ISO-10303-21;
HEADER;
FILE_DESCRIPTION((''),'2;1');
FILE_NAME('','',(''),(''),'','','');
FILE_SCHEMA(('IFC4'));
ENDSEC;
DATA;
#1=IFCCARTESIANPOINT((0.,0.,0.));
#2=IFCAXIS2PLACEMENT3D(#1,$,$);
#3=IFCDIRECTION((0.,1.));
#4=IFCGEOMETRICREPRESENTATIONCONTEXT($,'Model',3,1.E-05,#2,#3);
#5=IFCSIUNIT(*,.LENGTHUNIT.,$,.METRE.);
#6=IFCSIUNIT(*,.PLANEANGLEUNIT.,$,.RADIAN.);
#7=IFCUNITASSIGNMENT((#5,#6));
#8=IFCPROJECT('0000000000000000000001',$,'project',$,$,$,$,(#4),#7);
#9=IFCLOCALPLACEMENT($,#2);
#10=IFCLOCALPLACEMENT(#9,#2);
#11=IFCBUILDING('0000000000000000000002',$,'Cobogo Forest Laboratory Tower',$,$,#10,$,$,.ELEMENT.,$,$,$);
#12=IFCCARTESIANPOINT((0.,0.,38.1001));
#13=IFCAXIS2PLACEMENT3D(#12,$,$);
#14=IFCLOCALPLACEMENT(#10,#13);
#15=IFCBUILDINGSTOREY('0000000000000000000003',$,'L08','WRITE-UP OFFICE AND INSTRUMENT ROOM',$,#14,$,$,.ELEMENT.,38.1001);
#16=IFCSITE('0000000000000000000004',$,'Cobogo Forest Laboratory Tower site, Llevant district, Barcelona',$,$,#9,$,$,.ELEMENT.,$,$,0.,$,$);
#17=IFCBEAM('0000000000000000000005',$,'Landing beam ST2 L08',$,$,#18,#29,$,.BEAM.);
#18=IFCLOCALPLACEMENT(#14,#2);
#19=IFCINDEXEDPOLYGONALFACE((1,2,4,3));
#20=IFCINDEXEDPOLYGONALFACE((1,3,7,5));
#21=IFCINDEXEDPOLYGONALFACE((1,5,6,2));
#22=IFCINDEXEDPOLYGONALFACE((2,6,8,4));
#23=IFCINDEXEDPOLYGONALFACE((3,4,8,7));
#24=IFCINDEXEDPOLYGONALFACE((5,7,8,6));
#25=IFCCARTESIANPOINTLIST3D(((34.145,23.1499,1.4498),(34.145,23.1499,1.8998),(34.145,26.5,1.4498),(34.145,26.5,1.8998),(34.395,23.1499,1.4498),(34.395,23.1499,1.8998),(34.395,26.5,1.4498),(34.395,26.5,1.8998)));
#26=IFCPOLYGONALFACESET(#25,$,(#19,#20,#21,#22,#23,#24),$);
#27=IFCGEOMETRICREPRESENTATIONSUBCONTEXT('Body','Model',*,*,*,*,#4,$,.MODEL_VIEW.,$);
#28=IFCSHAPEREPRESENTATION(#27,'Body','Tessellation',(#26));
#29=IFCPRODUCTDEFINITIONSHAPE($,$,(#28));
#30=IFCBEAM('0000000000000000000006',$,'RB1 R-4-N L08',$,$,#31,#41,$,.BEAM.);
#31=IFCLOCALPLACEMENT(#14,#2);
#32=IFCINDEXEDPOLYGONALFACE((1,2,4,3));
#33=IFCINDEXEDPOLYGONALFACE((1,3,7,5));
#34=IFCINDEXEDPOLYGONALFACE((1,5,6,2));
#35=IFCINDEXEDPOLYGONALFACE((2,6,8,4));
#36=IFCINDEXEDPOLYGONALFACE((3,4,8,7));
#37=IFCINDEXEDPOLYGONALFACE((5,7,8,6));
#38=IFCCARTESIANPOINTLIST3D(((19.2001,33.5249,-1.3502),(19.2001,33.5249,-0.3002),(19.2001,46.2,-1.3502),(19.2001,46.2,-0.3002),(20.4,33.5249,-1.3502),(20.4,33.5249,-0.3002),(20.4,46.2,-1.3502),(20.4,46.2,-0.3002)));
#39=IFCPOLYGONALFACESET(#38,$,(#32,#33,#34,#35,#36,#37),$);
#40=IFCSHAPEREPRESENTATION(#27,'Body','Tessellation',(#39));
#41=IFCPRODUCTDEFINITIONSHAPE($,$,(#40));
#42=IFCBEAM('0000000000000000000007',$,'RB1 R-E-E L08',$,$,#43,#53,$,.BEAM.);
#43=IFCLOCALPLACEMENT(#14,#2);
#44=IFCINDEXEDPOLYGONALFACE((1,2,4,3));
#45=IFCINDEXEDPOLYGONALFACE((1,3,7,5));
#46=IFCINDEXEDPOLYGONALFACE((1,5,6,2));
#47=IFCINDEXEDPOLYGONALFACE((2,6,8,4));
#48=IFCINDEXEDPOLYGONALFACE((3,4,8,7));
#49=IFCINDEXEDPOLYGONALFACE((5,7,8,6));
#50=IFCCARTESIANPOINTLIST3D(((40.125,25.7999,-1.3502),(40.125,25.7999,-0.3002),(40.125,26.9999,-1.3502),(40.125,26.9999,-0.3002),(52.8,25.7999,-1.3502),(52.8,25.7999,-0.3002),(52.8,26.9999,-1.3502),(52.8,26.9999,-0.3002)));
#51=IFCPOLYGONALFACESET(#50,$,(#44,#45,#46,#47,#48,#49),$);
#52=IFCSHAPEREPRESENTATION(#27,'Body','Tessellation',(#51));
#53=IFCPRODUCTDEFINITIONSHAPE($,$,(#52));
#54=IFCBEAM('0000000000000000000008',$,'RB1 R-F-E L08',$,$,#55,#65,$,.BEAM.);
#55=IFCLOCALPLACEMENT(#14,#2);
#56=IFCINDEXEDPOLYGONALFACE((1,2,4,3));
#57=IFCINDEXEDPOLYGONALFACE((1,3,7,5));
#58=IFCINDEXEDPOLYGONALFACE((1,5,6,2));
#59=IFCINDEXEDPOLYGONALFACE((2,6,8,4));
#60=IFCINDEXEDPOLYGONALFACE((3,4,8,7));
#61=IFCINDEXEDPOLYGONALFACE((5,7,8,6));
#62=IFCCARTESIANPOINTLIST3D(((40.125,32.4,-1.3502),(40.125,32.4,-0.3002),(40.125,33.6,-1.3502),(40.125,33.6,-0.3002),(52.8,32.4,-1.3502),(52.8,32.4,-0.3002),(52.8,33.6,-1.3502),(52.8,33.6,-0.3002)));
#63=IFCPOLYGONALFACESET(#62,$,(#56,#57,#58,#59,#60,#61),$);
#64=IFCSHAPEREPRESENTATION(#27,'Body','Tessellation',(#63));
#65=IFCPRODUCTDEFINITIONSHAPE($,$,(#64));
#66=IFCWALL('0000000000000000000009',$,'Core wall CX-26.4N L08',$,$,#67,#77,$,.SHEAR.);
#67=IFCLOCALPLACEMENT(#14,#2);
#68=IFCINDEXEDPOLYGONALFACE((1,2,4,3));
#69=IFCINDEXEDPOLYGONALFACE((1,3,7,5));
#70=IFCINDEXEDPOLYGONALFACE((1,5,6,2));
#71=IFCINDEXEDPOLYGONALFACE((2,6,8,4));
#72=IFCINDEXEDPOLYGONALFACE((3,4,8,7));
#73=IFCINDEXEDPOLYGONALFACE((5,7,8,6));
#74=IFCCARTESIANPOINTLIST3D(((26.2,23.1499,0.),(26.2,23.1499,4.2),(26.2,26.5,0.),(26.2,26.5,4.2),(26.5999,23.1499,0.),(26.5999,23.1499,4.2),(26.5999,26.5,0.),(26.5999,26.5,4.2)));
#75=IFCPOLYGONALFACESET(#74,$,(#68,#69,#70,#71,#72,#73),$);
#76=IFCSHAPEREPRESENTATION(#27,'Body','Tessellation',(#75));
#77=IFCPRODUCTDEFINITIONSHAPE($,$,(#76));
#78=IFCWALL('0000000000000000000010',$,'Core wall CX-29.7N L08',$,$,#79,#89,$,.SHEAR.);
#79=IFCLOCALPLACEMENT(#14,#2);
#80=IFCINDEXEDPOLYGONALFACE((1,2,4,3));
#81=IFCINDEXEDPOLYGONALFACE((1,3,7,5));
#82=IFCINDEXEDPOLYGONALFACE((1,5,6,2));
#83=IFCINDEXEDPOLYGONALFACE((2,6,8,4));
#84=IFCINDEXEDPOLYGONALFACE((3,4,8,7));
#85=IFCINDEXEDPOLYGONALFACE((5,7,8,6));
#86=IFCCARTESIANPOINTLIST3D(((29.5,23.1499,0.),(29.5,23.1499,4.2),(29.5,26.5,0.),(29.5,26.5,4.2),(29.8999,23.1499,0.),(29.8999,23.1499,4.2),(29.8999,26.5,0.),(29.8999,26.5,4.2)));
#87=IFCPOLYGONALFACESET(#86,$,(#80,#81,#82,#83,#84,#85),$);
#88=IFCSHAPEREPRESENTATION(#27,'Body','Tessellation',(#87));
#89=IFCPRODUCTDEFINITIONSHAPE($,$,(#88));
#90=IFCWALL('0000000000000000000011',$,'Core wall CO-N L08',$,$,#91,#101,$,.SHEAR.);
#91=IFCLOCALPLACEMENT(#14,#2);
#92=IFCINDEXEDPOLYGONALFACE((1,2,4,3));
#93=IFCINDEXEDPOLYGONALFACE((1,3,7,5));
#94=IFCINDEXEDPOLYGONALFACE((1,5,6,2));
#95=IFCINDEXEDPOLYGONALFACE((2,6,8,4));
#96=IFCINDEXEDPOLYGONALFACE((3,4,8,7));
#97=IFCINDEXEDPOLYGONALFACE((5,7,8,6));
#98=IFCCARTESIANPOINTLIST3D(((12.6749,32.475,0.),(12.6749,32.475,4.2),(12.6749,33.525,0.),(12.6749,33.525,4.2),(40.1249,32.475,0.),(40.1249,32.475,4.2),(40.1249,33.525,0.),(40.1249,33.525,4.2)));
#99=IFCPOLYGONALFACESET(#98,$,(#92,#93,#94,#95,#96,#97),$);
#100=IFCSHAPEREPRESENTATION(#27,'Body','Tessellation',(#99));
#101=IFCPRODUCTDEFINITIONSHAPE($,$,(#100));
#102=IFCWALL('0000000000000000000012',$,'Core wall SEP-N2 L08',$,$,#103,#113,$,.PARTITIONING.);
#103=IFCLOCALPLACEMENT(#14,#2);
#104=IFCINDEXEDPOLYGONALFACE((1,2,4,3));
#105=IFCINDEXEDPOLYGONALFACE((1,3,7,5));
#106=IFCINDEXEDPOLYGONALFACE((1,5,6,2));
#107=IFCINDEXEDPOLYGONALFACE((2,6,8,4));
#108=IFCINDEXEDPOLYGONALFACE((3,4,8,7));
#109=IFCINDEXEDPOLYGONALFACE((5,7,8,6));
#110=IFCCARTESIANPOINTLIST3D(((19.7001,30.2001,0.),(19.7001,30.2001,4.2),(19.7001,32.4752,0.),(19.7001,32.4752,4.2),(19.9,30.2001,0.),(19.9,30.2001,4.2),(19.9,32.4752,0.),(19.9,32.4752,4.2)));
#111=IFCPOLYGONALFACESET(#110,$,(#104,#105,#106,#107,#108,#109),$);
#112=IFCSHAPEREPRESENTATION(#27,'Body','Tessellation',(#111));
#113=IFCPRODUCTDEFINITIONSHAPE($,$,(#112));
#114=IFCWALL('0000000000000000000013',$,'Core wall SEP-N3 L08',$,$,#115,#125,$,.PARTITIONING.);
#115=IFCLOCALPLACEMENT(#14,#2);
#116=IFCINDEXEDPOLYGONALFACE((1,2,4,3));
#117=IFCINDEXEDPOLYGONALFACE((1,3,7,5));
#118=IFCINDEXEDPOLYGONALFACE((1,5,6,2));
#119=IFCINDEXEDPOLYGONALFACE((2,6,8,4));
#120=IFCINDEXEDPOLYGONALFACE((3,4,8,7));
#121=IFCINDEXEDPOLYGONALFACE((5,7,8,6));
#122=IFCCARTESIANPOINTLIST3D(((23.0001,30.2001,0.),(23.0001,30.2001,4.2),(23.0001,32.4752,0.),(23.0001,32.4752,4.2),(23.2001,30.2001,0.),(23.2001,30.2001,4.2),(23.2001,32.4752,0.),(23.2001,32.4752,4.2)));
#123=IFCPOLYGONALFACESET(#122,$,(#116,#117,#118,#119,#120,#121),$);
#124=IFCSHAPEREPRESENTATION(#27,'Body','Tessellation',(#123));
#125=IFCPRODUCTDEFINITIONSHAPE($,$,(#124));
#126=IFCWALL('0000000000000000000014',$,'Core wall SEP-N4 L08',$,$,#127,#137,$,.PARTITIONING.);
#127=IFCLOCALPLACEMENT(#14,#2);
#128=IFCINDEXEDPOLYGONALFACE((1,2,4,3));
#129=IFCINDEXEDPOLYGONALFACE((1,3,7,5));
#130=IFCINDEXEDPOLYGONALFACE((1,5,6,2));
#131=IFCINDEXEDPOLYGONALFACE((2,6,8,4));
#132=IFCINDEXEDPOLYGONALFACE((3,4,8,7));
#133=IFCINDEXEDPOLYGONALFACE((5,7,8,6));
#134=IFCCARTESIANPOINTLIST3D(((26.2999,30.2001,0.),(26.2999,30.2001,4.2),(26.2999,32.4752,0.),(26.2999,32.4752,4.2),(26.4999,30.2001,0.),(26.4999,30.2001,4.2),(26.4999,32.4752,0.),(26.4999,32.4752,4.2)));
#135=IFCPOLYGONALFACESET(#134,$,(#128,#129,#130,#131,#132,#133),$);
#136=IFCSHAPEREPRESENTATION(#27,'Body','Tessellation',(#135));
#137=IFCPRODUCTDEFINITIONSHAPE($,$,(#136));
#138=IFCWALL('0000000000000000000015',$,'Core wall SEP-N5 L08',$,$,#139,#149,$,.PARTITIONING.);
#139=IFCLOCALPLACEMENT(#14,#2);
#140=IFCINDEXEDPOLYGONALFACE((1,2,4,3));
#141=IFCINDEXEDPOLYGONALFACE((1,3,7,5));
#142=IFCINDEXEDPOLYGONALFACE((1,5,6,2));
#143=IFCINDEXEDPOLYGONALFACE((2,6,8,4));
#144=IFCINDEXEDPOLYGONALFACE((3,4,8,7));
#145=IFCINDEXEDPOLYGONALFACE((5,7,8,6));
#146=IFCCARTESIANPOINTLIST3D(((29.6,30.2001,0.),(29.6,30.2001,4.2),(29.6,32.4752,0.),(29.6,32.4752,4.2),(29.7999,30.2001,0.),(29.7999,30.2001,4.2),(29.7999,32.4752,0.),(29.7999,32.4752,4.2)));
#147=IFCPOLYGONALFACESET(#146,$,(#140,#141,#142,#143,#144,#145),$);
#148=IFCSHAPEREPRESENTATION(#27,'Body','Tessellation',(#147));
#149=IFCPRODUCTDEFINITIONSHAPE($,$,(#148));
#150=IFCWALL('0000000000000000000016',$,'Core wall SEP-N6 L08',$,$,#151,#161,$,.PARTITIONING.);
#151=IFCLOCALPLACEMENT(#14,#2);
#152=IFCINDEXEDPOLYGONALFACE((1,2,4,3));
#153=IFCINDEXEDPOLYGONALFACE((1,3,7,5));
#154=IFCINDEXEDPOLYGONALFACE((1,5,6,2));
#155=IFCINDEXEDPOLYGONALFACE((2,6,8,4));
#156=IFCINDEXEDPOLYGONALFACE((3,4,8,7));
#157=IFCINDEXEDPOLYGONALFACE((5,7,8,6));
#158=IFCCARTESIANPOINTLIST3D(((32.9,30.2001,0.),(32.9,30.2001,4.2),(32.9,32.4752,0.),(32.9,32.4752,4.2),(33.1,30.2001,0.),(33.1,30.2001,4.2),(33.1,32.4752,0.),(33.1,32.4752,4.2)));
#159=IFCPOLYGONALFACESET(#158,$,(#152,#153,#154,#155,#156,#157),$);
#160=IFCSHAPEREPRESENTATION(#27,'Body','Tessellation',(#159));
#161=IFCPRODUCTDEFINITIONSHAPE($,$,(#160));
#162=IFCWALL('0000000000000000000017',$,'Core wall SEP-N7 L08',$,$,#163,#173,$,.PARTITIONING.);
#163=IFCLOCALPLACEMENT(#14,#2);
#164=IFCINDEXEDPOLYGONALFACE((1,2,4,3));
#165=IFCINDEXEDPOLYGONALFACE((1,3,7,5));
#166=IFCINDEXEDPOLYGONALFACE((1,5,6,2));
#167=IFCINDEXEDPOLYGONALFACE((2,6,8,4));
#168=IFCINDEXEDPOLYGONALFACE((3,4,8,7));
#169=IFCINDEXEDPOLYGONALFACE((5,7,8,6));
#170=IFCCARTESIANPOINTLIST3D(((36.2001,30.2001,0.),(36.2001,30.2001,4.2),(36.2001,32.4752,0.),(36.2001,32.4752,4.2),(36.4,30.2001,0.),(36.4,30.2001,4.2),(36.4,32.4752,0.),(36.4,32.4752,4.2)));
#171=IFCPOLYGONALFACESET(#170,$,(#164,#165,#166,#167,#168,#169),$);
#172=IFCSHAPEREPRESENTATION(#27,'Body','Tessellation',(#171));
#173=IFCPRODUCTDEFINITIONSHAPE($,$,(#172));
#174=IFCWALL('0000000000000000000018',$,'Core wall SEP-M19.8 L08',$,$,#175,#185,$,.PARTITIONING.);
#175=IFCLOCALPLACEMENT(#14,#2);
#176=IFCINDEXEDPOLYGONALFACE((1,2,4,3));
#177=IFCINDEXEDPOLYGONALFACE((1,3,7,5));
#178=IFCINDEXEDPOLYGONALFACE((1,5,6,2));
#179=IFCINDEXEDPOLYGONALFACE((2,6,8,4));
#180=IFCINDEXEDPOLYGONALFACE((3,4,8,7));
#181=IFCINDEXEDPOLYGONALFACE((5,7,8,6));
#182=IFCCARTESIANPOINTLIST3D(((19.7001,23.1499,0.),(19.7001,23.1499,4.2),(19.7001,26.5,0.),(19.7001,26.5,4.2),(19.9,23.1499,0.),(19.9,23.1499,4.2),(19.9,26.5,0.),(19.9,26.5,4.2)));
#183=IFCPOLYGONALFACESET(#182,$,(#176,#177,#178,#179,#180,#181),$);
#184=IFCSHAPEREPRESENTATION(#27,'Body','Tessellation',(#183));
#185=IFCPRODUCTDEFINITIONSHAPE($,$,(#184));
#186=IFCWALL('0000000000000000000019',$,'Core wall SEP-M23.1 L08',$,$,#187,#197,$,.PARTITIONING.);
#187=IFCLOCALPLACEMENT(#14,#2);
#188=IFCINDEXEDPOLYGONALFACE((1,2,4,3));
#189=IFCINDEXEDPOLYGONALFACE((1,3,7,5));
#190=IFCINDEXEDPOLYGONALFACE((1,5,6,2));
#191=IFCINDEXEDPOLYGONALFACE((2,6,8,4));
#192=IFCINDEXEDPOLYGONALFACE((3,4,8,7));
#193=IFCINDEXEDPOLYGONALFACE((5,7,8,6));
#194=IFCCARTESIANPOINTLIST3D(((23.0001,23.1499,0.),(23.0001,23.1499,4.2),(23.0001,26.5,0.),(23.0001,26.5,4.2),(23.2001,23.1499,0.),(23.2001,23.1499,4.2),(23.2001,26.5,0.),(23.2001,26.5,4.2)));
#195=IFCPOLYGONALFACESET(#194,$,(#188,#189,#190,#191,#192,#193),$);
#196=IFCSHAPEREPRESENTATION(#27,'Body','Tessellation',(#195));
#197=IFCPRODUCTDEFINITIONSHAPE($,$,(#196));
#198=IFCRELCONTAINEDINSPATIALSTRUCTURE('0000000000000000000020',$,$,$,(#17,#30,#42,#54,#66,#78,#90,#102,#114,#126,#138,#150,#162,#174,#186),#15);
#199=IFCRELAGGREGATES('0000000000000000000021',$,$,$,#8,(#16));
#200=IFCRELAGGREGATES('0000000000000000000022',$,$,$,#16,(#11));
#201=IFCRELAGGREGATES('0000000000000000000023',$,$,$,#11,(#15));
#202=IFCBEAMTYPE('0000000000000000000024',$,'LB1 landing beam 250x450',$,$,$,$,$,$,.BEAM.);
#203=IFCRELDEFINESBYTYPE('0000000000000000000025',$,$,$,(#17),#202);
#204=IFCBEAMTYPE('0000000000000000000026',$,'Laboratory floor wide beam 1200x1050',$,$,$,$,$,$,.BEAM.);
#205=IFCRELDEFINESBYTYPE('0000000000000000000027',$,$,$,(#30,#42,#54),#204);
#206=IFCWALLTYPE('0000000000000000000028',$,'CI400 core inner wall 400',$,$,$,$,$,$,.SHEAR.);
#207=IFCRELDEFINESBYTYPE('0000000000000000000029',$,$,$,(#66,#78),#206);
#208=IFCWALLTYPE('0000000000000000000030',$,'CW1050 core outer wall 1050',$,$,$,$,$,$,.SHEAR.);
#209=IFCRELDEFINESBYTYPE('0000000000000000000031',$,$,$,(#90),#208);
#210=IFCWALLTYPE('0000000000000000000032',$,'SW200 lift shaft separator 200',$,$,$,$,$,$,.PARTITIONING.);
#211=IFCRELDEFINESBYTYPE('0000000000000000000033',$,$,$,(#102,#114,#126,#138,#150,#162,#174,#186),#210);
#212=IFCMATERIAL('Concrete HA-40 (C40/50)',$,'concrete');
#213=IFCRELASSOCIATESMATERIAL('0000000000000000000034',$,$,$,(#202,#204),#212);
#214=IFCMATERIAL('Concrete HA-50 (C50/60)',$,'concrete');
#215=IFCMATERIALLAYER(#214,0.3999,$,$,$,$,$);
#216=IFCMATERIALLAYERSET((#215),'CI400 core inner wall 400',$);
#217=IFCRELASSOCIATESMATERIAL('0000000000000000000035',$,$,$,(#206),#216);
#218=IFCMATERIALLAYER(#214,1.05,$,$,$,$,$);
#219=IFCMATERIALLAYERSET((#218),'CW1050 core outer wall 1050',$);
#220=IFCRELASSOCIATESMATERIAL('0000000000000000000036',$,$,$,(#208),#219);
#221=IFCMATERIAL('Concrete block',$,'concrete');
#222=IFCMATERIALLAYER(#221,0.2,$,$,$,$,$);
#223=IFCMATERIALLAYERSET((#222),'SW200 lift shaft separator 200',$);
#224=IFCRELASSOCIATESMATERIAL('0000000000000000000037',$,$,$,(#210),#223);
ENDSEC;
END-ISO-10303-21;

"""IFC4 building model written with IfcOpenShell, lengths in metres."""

from ifc_helpers import new_model, si_unit, direction, frame, frame_2d, origin, origin_2d, place, context, subcontext, project, spatial, rectangle, extrude, material, layer, layer_set, material_profile, profile_set, type_object, element, save


model = new_model("IFC4")

# Units and contexts
model_context = context("Model", 3, precision=1e-05, world=origin(), true_north=direction((0.0, 1.0)))
body_context = subcontext(model_context, "Body", "Model", "MODEL_VIEW")
ifc_project = project(units=[si_unit("LENGTHUNIT", "METRE"), si_unit("PLANEANGLEUNIT", "RADIAN")], contexts=[model_context])

# Site, building, storey
site_placement = place(None, origin())
site = spatial("IfcSite", under=ifc_project, at=site_placement, Name="Cobogo Forest Laboratory Tower site, Llevant district, Barcelona", CompositionType="ELEMENT", RefElevation=0.0)
building_placement = place(site_placement, origin())
building = spatial("IfcBuilding", under=site, at=building_placement, Name="Cobogo Forest Laboratory Tower", CompositionType="ELEMENT")
storey_placement = place(building_placement, frame((0.0, 0.0, 38.1001)))
storey = spatial("IfcBuildingStorey", under=building, at=storey_placement, Name="L08", Description="WRITE-UP OFFICE AND INSTRUMENT ROOM", CompositionType="ELEMENT", Elevation=38.1001)

# Beams
ifc_material_1 = material(Name="Concrete HA-40 (C40/50)", Category="concrete")
ifc_material_profile_1 = material_profile(ifc_material_1, rectangle(XDim=0.25, YDim=0.45, at=origin_2d()), Name="RC 250x450")
ifc_profile_set_1 = profile_set([ifc_material_profile_1], Name="Concrete HA-40 (C40/50)")
beam_type_1 = type_object("IfcBeamType", Name="LB1 landing beam 250x450", PredefinedType="BEAM", material=ifc_profile_set_1)
beam_placement = place(storey_placement, frame((34.27, 23.1499, 1.6748), z_axis=(0.0, 1.0, 0.0), x_axis=(-1.0, 0.0, 0.0)))
element("IfcBeam", 1, at=beam_placement, inside=storey, type_object=beam_type_1, Name="Landing beam ST2 L08", PredefinedType="BEAM", context=body_context, shape_type="SweptSolid", body=[
    extrude(rectangle(XDim=0.25, YDim=0.45, at=origin_2d()), origin(), (0.0, 0.0, 1.0), 3.3501),
])
ifc_material_profile_2 = material_profile(ifc_material_1, rectangle(XDim=1.2, YDim=1.05, at=origin_2d()), Name="RC 1200x1050")
ifc_profile_set_2 = profile_set([ifc_material_profile_2], Name="Concrete HA-40 (C40/50)")
beam_type_2 = type_object("IfcBeamType", Name="Laboratory floor wide beam 1200x1050", PredefinedType="BEAM", material=ifc_profile_set_2)
for number, where, z_axis, x_axis, name in (
    (2, (19.8, 33.5249, -0.8252), (0.0, 1.0, 0.0), (-1.0, 0.0, 0.0), "RB1 R-4-N L08"),
    (3, (40.125, 26.3999, -0.8252), (1.0, 0.0, 0.0), (0.0, 1.0, 0.0), "RB1 R-E-E L08"),
    (4, (40.125, 33.0, -0.8252), (1.0, 0.0, 0.0), (0.0, 1.0, 0.0), "RB1 R-F-E L08"),
):
    element("IfcBeam", number, at=place(storey_placement, frame(where, z_axis=z_axis, x_axis=x_axis)), inside=storey, type_object=beam_type_2, Name=name, PredefinedType="BEAM", context=body_context, shape_type="SweptSolid", body=[
        extrude(rectangle(XDim=1.2, YDim=1.05, at=origin_2d()), origin(), (0.0, 0.0, 1.0), 12.675),
    ])

# Walls
ifc_material_2 = material(Name="Concrete HA-50 (C50/60)", Category="concrete")
ifc_layer_1 = layer(ifc_material_2, 0.3999)
ifc_layer_set_1 = layer_set([ifc_layer_1], Name="CI400 core inner wall 400")
wall_type_1 = type_object("IfcWallType", Name="CI400 core inner wall 400", PredefinedType="SHEAR", material=ifc_layer_set_1)
for number, where, z_axis, x_axis, name in (
    (5, (26.3999, 23.1499, 0.0), (0.0, 0.0, 1.0), (0.0, 1.0, 0.0), "Core wall CX-26.4N L08"),
    (6, (29.7, 23.1499, 0.0), (0.0, 0.0, 1.0), (0.0, 1.0, 0.0), "Core wall CX-29.7N L08"),
):
    element("IfcWall", number, at=place(storey_placement, frame(where, z_axis=z_axis, x_axis=x_axis)), inside=storey, type_object=wall_type_1, Name=name, PredefinedType="SHEAR", context=body_context, shape_type="SweptSolid", body=[
        extrude(rectangle(XDim=3.3501, YDim=0.3999, at=frame_2d((1.675, 0.0))), origin(), (0.0, 0.0, 1.0), 4.2),
    ])
ifc_layer_2 = layer(ifc_material_2, 1.05)
ifc_layer_set_2 = layer_set([ifc_layer_2], Name="CW1050 core outer wall 1050")
wall_type_2 = type_object("IfcWallType", Name="CW1050 core outer wall 1050", PredefinedType="SHEAR", material=ifc_layer_set_2)
wall_placement = place(storey_placement, frame((40.125, 33.0, 0.0), z_axis=(0.0, 0.0, 1.0), x_axis=(-1.0, 0.0, 0.0)))
element("IfcWall", 7, at=wall_placement, inside=storey, type_object=wall_type_2, Name="Core wall CO-N L08", PredefinedType="SHEAR", context=body_context, shape_type="SweptSolid", body=[
    extrude(rectangle(XDim=27.45, YDim=1.05, at=frame_2d((13.7251, 0.0))), origin(), (0.0, 0.0, 1.0), 4.2),
])
ifc_material_3 = material(Name="Concrete block", Category="concrete")
ifc_layer_3 = layer(ifc_material_3, 0.2)
ifc_layer_set_3 = layer_set([ifc_layer_3], Name="SW200 lift shaft separator 200")
wall_type_3 = type_object("IfcWallType", Name="SW200 lift shaft separator 200", PredefinedType="PARTITIONING", material=ifc_layer_set_3)
for number, where, z_axis, x_axis, name in (
    (8, (19.8, 30.2, 0.0), (0.0, 0.0, 1.0), (0.0, 1.0, 0.0), "Core wall SEP-N2 L08"),
    (9, (23.1001, 30.2, 0.0), (0.0, 0.0, 1.0), (0.0, 1.0, 0.0), "Core wall SEP-N3 L08"),
    (10, (26.3999, 30.2, 0.0), (0.0, 0.0, 1.0), (0.0, 1.0, 0.0), "Core wall SEP-N4 L08"),
    (11, (29.7, 30.2, 0.0), (0.0, 0.0, 1.0), (0.0, 1.0, 0.0), "Core wall SEP-N5 L08"),
    (12, (33.0, 30.2, 0.0), (0.0, 0.0, 1.0), (0.0, 1.0, 0.0), "Core wall SEP-N6 L08"),
    (13, (36.3, 30.2, 0.0), (0.0, 0.0, 1.0), (0.0, 1.0, 0.0), "Core wall SEP-N7 L08"),
):
    element("IfcWall", number, at=place(storey_placement, frame(where, z_axis=z_axis, x_axis=x_axis)), inside=storey, type_object=wall_type_3, Name=name, PredefinedType="PARTITIONING", context=body_context, shape_type="SweptSolid", body=[
        extrude(rectangle(XDim=2.2751, YDim=0.2, at=frame_2d((1.1377, 0.0))), origin(), (0.0, 0.0, 1.0), 4.2),
    ])
for number, where, z_axis, x_axis, name in (
    (14, (19.8, 23.1499, 0.0), (0.0, 0.0, 1.0), (0.0, 1.0, 0.0), "Core wall SEP-M19.8 L08"),
    (15, (23.1001, 23.1499, 0.0), (0.0, 0.0, 1.0), (0.0, 1.0, 0.0), "Core wall SEP-M23.1 L08"),
):
    element("IfcWall", number, at=place(storey_placement, frame(where, z_axis=z_axis, x_axis=x_axis)), inside=storey, type_object=wall_type_3, Name=name, PredefinedType="PARTITIONING", context=body_context, shape_type="SweptSolid", body=[
        extrude(rectangle(XDim=3.3501, YDim=0.2, at=frame_2d((1.675, 0.0))), origin(), (0.0, 0.0, 1.0), 4.2),
    ])

save(model, "model.ifc")
